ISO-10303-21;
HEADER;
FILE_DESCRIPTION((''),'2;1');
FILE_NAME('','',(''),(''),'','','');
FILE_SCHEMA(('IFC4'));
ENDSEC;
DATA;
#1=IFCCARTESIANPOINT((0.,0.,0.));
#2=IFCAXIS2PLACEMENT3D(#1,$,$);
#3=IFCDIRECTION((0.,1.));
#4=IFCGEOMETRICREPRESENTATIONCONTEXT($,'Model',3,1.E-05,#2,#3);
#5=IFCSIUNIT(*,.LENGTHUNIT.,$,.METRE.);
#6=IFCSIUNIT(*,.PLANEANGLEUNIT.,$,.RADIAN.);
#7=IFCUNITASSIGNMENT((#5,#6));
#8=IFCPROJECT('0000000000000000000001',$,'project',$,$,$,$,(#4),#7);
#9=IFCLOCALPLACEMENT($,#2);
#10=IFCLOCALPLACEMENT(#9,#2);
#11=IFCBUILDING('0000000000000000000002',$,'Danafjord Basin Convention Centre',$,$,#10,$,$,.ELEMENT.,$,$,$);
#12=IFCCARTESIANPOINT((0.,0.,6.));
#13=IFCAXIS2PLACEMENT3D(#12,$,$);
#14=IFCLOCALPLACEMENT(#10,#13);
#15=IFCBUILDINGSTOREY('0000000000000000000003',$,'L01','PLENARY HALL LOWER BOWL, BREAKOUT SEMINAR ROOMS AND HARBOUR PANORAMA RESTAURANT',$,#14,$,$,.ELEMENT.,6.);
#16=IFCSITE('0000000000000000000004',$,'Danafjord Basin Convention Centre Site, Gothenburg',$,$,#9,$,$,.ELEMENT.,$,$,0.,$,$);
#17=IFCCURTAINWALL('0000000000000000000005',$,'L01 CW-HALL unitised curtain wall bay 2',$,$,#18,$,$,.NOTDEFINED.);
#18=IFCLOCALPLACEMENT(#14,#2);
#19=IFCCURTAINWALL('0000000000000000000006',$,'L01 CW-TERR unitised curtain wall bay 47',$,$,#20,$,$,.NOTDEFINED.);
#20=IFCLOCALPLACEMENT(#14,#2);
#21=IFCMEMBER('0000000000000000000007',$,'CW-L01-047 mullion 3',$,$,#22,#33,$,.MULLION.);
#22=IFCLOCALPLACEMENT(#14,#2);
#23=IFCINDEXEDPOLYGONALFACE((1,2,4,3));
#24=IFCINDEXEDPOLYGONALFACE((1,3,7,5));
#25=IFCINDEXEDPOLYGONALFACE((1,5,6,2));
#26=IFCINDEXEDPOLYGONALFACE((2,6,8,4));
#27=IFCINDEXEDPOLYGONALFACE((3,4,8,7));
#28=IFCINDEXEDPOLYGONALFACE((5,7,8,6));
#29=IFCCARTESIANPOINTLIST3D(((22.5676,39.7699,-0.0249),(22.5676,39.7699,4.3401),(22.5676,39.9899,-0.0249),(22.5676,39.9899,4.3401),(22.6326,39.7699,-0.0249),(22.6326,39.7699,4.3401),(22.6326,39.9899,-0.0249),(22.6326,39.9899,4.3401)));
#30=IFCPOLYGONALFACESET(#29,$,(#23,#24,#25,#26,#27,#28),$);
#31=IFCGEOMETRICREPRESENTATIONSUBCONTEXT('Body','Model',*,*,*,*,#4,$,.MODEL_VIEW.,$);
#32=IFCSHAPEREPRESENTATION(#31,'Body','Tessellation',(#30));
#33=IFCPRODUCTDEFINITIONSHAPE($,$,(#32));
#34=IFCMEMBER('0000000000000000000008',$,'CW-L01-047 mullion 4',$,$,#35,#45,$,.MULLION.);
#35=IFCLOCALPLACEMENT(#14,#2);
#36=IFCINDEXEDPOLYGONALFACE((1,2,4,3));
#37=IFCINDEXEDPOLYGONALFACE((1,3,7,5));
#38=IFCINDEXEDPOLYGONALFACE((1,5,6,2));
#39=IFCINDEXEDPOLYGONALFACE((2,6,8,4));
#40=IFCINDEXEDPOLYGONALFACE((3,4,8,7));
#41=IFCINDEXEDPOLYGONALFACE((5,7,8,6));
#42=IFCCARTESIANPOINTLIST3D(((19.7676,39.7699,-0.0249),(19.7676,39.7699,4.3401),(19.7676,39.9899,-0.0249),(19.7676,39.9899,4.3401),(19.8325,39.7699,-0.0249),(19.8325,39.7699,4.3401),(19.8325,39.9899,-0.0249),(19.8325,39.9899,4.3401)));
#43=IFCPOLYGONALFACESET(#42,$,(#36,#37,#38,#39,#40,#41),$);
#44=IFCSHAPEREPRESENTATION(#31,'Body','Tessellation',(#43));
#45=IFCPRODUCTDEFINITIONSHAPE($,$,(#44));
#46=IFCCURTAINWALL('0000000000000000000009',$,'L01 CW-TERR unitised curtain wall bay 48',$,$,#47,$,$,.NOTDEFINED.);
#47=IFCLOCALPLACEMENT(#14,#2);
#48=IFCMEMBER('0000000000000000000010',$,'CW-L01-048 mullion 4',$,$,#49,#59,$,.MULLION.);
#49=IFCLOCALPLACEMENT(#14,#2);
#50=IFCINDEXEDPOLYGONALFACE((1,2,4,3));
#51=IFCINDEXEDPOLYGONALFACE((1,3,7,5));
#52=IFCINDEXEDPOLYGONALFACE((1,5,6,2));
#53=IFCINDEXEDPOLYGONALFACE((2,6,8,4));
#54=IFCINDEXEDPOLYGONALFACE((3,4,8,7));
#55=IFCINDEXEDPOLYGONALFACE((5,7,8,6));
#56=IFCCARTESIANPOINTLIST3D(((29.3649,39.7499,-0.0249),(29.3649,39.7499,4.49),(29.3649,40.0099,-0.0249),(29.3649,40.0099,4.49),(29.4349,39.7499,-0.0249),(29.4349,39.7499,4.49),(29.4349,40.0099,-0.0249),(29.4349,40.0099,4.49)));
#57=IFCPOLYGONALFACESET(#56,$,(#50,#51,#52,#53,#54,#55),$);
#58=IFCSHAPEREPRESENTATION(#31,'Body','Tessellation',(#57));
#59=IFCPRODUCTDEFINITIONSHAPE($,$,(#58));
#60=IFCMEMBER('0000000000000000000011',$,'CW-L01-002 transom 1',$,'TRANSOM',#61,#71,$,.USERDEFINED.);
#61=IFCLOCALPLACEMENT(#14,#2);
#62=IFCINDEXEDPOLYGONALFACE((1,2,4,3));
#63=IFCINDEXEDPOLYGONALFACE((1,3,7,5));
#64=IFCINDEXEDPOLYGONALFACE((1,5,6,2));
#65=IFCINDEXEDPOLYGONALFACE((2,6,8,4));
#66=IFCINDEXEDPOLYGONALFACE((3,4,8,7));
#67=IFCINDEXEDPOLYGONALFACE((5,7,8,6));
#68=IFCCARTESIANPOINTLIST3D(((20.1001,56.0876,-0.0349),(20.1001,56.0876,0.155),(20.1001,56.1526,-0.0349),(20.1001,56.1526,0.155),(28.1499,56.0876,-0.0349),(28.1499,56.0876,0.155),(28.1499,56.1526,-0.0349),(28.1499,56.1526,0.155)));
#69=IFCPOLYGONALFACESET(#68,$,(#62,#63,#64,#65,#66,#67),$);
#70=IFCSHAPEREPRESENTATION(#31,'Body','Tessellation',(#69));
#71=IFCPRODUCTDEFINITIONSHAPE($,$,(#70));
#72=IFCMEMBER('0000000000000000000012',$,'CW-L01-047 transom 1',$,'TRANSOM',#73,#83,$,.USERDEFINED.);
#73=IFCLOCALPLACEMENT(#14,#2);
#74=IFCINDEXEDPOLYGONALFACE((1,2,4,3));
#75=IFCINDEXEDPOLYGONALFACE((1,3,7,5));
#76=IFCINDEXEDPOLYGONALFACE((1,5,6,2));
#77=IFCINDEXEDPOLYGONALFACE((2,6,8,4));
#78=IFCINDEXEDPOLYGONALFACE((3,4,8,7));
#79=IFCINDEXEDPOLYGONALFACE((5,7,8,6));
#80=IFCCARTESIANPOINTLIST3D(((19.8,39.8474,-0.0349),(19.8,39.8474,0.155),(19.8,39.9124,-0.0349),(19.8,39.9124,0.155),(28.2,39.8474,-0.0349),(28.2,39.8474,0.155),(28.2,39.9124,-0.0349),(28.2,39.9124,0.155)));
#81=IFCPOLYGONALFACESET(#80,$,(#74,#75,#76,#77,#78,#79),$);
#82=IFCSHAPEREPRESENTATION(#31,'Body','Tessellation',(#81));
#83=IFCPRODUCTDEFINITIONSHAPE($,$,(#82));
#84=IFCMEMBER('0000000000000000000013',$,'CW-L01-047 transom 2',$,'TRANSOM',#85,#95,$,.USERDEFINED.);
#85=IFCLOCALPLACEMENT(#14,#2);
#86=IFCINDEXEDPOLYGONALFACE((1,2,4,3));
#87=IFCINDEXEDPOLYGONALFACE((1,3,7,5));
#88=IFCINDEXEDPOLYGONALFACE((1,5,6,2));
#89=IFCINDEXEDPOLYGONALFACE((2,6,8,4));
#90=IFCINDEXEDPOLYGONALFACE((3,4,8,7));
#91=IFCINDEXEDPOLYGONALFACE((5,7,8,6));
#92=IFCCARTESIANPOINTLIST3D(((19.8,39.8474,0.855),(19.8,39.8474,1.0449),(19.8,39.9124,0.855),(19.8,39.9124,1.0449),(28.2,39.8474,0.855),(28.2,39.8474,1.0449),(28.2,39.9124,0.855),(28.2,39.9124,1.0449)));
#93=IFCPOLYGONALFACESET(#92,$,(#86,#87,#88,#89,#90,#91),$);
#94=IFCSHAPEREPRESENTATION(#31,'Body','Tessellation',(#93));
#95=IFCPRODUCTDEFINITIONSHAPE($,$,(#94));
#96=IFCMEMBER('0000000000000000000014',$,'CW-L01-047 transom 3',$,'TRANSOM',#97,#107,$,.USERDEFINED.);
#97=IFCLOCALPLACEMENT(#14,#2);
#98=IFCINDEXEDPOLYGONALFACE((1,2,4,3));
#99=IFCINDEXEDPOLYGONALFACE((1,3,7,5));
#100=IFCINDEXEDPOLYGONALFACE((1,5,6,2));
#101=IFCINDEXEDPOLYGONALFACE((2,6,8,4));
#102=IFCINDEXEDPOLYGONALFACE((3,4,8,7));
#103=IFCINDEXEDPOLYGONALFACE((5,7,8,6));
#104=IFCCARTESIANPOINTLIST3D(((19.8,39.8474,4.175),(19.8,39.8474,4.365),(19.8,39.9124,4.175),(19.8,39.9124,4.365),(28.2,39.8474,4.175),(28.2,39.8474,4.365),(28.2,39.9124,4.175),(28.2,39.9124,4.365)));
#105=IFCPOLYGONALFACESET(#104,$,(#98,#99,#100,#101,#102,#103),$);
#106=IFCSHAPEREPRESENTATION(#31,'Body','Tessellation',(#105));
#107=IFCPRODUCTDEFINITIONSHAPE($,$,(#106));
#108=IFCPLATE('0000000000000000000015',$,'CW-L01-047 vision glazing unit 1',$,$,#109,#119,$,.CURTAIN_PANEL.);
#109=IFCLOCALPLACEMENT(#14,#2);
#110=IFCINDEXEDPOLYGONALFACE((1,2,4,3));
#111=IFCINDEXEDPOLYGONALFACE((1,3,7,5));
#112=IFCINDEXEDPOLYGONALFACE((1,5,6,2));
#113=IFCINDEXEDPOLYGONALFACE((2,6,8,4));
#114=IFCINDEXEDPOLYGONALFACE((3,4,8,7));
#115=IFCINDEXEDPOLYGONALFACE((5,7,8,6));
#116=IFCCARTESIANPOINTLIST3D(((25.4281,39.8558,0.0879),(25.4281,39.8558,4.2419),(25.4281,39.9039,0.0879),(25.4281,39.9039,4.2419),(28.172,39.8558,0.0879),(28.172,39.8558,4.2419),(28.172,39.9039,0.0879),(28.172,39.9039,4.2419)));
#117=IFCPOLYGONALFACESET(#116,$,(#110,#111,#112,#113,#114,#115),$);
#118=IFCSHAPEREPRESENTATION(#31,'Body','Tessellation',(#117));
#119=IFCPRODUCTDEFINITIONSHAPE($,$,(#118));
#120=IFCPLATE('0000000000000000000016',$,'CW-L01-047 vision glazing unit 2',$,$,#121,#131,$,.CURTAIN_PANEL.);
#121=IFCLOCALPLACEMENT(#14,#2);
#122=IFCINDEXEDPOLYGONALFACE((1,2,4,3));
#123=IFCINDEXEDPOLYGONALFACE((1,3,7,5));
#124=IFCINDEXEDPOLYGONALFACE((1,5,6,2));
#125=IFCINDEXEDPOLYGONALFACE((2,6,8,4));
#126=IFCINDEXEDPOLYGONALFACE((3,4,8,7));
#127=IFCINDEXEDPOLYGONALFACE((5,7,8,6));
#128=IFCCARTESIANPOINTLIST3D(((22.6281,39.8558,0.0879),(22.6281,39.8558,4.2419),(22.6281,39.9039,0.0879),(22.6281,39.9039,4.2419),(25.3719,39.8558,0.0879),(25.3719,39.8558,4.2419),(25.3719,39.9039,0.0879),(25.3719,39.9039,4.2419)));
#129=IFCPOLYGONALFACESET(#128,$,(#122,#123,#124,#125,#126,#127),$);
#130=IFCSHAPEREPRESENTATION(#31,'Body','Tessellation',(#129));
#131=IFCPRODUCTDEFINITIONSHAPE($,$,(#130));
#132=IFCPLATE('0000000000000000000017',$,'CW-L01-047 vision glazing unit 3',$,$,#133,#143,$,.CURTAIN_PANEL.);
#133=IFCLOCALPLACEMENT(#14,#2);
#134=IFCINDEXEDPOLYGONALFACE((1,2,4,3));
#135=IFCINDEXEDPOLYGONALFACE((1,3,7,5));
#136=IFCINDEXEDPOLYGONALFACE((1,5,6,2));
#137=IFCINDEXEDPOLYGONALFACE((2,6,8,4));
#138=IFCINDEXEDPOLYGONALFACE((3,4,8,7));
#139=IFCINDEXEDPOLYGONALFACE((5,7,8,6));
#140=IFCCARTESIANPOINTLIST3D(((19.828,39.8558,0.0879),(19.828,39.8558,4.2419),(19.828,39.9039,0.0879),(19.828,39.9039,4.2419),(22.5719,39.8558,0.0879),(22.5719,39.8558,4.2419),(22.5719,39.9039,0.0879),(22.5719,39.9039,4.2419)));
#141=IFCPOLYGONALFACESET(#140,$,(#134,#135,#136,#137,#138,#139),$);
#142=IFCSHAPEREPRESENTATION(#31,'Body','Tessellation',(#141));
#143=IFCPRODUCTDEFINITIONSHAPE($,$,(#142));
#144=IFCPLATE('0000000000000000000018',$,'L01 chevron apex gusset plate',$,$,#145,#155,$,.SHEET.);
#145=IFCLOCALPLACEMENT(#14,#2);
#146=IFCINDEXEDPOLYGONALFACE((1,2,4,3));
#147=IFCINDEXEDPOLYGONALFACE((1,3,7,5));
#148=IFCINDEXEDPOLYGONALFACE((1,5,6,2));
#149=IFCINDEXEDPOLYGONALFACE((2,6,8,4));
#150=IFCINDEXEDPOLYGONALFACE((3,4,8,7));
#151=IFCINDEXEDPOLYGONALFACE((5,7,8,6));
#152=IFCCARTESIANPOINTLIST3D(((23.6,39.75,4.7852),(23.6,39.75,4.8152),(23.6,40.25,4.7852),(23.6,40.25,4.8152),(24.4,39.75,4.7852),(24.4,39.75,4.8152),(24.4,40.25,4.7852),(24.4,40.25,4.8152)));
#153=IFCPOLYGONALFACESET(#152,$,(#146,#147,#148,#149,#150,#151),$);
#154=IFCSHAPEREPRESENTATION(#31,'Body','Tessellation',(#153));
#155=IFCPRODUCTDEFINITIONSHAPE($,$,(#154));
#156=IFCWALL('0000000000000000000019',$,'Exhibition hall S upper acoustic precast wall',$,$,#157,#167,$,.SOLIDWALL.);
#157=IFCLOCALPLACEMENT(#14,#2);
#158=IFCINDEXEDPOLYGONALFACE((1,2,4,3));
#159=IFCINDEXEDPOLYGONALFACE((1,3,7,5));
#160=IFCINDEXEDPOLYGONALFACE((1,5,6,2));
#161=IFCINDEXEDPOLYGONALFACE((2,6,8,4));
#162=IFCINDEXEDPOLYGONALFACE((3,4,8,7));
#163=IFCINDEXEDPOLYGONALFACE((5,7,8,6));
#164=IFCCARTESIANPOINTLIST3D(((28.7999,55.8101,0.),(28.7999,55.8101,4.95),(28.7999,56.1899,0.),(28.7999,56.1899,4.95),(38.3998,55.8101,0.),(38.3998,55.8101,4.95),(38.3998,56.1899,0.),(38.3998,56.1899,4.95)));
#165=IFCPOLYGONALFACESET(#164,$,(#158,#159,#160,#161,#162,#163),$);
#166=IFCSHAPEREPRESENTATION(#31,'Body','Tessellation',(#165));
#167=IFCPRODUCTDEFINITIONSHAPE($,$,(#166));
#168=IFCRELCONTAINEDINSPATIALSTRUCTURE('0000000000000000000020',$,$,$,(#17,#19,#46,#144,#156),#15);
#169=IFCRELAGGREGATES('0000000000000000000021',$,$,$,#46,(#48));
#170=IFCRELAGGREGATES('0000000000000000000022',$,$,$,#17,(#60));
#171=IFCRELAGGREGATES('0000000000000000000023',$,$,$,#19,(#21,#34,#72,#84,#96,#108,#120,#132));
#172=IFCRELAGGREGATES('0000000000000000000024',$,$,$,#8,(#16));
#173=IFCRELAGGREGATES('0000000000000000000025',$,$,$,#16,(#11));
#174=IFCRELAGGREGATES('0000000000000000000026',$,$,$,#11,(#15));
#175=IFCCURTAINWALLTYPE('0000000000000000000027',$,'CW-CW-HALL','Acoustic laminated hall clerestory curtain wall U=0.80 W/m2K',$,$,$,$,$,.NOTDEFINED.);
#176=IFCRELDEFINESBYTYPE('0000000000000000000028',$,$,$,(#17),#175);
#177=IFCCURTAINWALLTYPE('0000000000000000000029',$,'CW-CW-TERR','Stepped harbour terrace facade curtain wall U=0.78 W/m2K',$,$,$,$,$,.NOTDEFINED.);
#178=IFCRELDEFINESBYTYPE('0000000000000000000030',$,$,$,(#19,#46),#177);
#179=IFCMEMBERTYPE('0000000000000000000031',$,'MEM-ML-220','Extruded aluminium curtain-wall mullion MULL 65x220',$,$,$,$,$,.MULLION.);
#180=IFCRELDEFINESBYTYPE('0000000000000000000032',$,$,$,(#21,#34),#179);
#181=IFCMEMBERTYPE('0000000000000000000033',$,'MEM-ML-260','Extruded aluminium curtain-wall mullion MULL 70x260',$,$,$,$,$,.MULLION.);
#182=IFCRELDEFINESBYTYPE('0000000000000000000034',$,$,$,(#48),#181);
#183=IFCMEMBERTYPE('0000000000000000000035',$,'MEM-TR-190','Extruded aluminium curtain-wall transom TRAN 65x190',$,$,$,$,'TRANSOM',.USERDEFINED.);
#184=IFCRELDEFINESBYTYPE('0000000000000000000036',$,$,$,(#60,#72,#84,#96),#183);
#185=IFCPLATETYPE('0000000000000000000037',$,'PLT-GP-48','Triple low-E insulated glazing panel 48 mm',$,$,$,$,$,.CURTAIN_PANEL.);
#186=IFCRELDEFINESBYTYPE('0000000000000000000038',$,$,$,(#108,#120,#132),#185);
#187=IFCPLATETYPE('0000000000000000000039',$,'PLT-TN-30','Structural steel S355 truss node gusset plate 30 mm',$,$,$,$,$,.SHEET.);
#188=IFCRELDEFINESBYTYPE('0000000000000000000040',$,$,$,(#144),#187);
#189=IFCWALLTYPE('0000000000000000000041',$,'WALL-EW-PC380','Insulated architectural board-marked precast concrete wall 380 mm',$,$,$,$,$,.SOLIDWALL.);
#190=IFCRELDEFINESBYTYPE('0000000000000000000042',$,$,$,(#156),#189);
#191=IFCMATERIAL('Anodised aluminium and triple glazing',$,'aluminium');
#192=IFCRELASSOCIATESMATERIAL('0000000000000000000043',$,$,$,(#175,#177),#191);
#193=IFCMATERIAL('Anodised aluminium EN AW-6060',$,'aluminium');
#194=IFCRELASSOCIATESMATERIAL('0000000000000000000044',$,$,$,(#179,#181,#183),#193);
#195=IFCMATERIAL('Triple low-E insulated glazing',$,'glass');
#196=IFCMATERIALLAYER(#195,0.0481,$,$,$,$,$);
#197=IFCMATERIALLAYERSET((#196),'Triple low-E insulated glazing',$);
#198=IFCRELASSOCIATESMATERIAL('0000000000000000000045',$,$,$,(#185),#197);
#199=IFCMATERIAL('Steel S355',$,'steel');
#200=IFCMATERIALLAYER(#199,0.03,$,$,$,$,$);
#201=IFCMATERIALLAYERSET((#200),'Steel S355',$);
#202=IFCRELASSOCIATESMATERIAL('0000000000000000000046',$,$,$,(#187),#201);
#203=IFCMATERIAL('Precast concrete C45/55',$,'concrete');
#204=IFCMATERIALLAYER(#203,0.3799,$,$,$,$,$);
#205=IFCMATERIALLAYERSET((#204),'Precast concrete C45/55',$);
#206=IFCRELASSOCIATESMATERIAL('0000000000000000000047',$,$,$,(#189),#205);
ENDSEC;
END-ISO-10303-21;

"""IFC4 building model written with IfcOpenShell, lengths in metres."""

from ifc_helpers import new_model, si_unit, direction, frame, frame_2d, origin, origin_2d, place, context, subcontext, project, spatial, rectangle, extrude, material, layer, layer_set, material_profile, profile_set, type_object, element, aggregate, save


model = new_model("IFC4")

# Units and contexts
model_context = context("Model", 3, precision=1e-05, world=origin(), true_north=direction((0.0, 1.0)))
body_context = subcontext(model_context, "Body", "Model", "MODEL_VIEW")
ifc_project = project(units=[si_unit("LENGTHUNIT", "METRE"), si_unit("PLANEANGLEUNIT", "RADIAN")], contexts=[model_context])

# Site, building, storey
site_placement = place(None, origin())
site = spatial("IfcSite", under=ifc_project, at=site_placement, Name="Danafjord Basin Convention Centre Site, Gothenburg", CompositionType="ELEMENT", RefElevation=0.0)
building_placement = place(site_placement, origin())
building = spatial("IfcBuilding", under=site, at=building_placement, Name="Danafjord Basin Convention Centre", CompositionType="ELEMENT")
storey_placement = place(building_placement, frame((0.0, 0.0, 6.0)))
storey = spatial("IfcBuildingStorey", under=building, at=storey_placement, Name="L01", Description="PLENARY HALL LOWER BOWL, BREAKOUT SEMINAR ROOMS AND HARBOUR PANORAMA RESTAURANT", CompositionType="ELEMENT", Elevation=6.0)

# Shared definitions
ifc_material_1 = material(Name="Steel S355", Category="steel")

# Shared definitions
ifc_material_2 = material(Name="Precast concrete C45/55", Category="concrete")

# Curtain wall
ifc_material_3 = material(Name="Anodised aluminium and triple glazing", Category="aluminium")
curtain_wall_type_1 = type_object("IfcCurtainWallType", Name="CW-CW-HALL", Description="Acoustic laminated hall clerestory curtain wall U=0.80 W/m2K", PredefinedType="NOTDEFINED", material=ifc_material_3)
curtain_wall_1_placement = place(storey_placement, origin())
curtain_wall_1 = element("IfcCurtainWall", 1, at=curtain_wall_1_placement, inside=storey, type_object=curtain_wall_type_1, Name="L01 CW-HALL unitised curtain wall bay 2", PredefinedType="NOTDEFINED")
ifc_material_4 = material(Name="Anodised aluminium EN AW-6060", Category="aluminium")
ifc_material_profile_1 = material_profile(ifc_material_4, rectangle(XDim=0.0649, YDim=0.22, at=origin_2d()), Name="MULL 65x220")
ifc_profile_set_1 = profile_set([ifc_material_profile_1], Name="Anodised aluminium EN AW-6060")
member_type_1 = type_object("IfcMemberType", Name="MEM-ML-220", Description="Extruded aluminium curtain-wall mullion MULL 65x220", PredefinedType="MULLION", material=ifc_profile_set_1)

# Curtain wall, members
curtain_wall_type_2 = type_object("IfcCurtainWallType", Name="CW-CW-TERR", Description="Stepped harbour terrace facade curtain wall U=0.78 W/m2K", PredefinedType="NOTDEFINED", material=ifc_material_3)
curtain_wall_2_placement = place(storey_placement, origin())
curtain_wall_2 = element("IfcCurtainWall", 2, at=curtain_wall_2_placement, inside=storey, type_object=curtain_wall_type_2, Name="L01 CW-TERR unitised curtain wall bay 47", PredefinedType="NOTDEFINED")
member_1_placement = place(storey_placement, frame((22.6001, 39.8799, -0.0249), z_axis=(0.0, 0.0, 1.0), x_axis=(-1.0, 0.0, 0.0)))
member_1 = element("IfcMember", 3, at=member_1_placement, type_object=member_type_1, Name="CW-L01-047 mullion 3", PredefinedType="MULLION", context=body_context, shape_type="SweptSolid", body=[
    extrude(rectangle(XDim=0.0649, YDim=0.22, at=origin_2d()), origin(), (0.0, 0.0, 1.0), 4.365),
])
member_2_placement = place(storey_placement, frame((19.8, 39.8799, -0.0249), z_axis=(0.0, 0.0, 1.0), x_axis=(-1.0, 0.0, 0.0)))
member_2 = element("IfcMember", 4, at=member_2_placement, type_object=member_type_1, Name="CW-L01-047 mullion 4", PredefinedType="MULLION", context=body_context, shape_type="SweptSolid", body=[
    extrude(rectangle(XDim=0.0649, YDim=0.22, at=origin_2d()), origin(), (0.0, 0.0, 1.0), 4.365),
])

# Curtain wall, member
curtain_wall_3_placement = place(storey_placement, origin())
curtain_wall_3 = element("IfcCurtainWall", 5, at=curtain_wall_3_placement, inside=storey, type_object=curtain_wall_type_2, Name="L01 CW-TERR unitised curtain wall bay 48", PredefinedType="NOTDEFINED")
ifc_material_profile_2 = material_profile(ifc_material_4, rectangle(XDim=0.0701, YDim=0.26, at=origin_2d()), Name="MULL 70x260")
ifc_profile_set_2 = profile_set([ifc_material_profile_2], Name="Anodised aluminium EN AW-6060")
member_type_2 = type_object("IfcMemberType", Name="MEM-ML-260", Description="Extruded aluminium curtain-wall mullion MULL 70x260", PredefinedType="MULLION", material=ifc_profile_set_2)
member_3_placement = place(storey_placement, frame((29.3999, 39.8799, -0.0249), z_axis=(0.0, 0.0, 1.0), x_axis=(-1.0, 0.0, 0.0)))
member_3 = element("IfcMember", 6, at=member_3_placement, type_object=member_type_2, Name="CW-L01-048 mullion 4", PredefinedType="MULLION", context=body_context, shape_type="SweptSolid", body=[
    extrude(rectangle(XDim=0.0701, YDim=0.26, at=origin_2d()), origin(), (0.0, 0.0, 1.0), 4.5149),
])
aggregate(curtain_wall_3, [member_3])

# Members
ifc_material_profile_3 = material_profile(ifc_material_4, rectangle(XDim=0.0649, YDim=0.1899, at=origin_2d()), Name="TRAN 65x190")
ifc_profile_set_3 = profile_set([ifc_material_profile_3], Name="Anodised aluminium EN AW-6060")
member_type_3 = type_object("IfcMemberType", Name="MEM-TR-190", Description="Extruded aluminium curtain-wall transom TRAN 65x190", ElementType="TRANSOM", PredefinedType="USERDEFINED", material=ifc_profile_set_3)
member_4_placement = place(storey_placement, frame((20.1001, 56.1201, 0.0601), z_axis=(1.0, 0.0, 0.0), x_axis=(0.0, 1.0, 0.0)))
member_4 = element("IfcMember", 7, at=member_4_placement, type_object=member_type_3, Name="CW-L01-002 transom 1", ObjectType="TRANSOM", PredefinedType="USERDEFINED", context=body_context, shape_type="SweptSolid", body=[
    extrude(rectangle(XDim=0.0649, YDim=0.1899, at=origin_2d()), origin(), (0.0, 0.0, 1.0), 8.0498),
])
aggregate(curtain_wall_1, [member_4])
member_5_placement = place(storey_placement, frame((28.2, 39.8799, 0.0601), z_axis=(-1.0, 0.0, 0.0), x_axis=(0.0, -1.0, 0.0)))
member_5 = element("IfcMember", 8, at=member_5_placement, type_object=member_type_3, Name="CW-L01-047 transom 1", ObjectType="TRANSOM", PredefinedType="USERDEFINED", context=body_context, shape_type="SweptSolid", body=[
    extrude(rectangle(XDim=0.0649, YDim=0.1899, at=origin_2d()), origin(), (0.0, 0.0, 1.0), 8.3999),
])
member_6_placement = place(storey_placement, frame((28.2, 39.8799, 0.95), z_axis=(-1.0, 0.0, 0.0), x_axis=(0.0, -1.0, 0.0)))
member_6 = element("IfcMember", 9, at=member_6_placement, type_object=member_type_3, Name="CW-L01-047 transom 2", ObjectType="TRANSOM", PredefinedType="USERDEFINED", context=body_context, shape_type="SweptSolid", body=[
    extrude(rectangle(XDim=0.0649, YDim=0.1899, at=origin_2d()), origin(), (0.0, 0.0, 1.0), 8.3999),
])
member_7_placement = place(storey_placement, frame((28.2, 39.8799, 4.27), z_axis=(-1.0, 0.0, 0.0), x_axis=(0.0, -1.0, 0.0)))
member_7 = element("IfcMember", 10, at=member_7_placement, type_object=member_type_3, Name="CW-L01-047 transom 3", ObjectType="TRANSOM", PredefinedType="USERDEFINED", context=body_context, shape_type="SweptSolid", body=[
    extrude(rectangle(XDim=0.0649, YDim=0.1899, at=origin_2d()), origin(), (0.0, 0.0, 1.0), 8.3999),
])

# Plates
ifc_material_5 = material(Name="Triple low-E insulated glazing", Category="glass")
ifc_layer_1 = layer(ifc_material_5, 0.0481)
ifc_layer_set_1 = layer_set([ifc_layer_1], Name="Triple low-E insulated glazing")
plate_type_1 = type_object("IfcPlateType", Name="PLT-GP-48", Description="Triple low-E insulated glazing panel 48 mm", PredefinedType="CURTAIN_PANEL", material=ifc_layer_set_1)
plate_1_placement = place(storey_placement, frame((26.8, 39.8799, 0.0879), z_axis=(0.0, 0.0, 1.0), x_axis=(-1.0, 0.0, 0.0)))
plate_1 = element("IfcPlate", 11, at=plate_1_placement, type_object=plate_type_1, Name="CW-L01-047 vision glazing unit 1", PredefinedType="CURTAIN_PANEL", context=body_context, shape_type="SweptSolid", body=[
    extrude(rectangle(XDim=2.7439, YDim=0.0481, at=origin_2d()), origin(), (0.0, 0.0, 1.0), 4.1541),
])
plate_2_placement = place(storey_placement, frame((24.0, 39.8799, 0.0879), z_axis=(0.0, 0.0, 1.0), x_axis=(-1.0, 0.0, 0.0)))
plate_2 = element("IfcPlate", 12, at=plate_2_placement, type_object=plate_type_1, Name="CW-L01-047 vision glazing unit 2", PredefinedType="CURTAIN_PANEL", context=body_context, shape_type="SweptSolid", body=[
    extrude(rectangle(XDim=2.7439, YDim=0.0481, at=origin_2d()), origin(), (0.0, 0.0, 1.0), 4.1541),
])
plate_3_placement = place(storey_placement, frame((21.2, 39.8799, 0.0879), z_axis=(0.0, 0.0, 1.0), x_axis=(-1.0, 0.0, 0.0)))
plate_3 = element("IfcPlate", 13, at=plate_3_placement, type_object=plate_type_1, Name="CW-L01-047 vision glazing unit 3", PredefinedType="CURTAIN_PANEL", context=body_context, shape_type="SweptSolid", body=[
    extrude(rectangle(XDim=2.7439, YDim=0.0481, at=origin_2d()), origin(), (0.0, 0.0, 1.0), 4.1541),
])
aggregate(curtain_wall_2, [member_1, member_2, member_5, member_6, member_7, plate_1, plate_2, plate_3])
ifc_layer_2 = layer(ifc_material_1, 0.03)
ifc_layer_set_2 = layer_set([ifc_layer_2], Name="Steel S355")
plate_type_2 = type_object("IfcPlateType", Name="PLT-TN-30", Description="Structural steel S355 truss node gusset plate 30 mm", PredefinedType="SHEET", material=ifc_layer_set_2)
plate_4_placement = place(storey_placement, frame((24.0, 40.0, 4.7852), z_axis=(0.0, 0.0, 1.0), x_axis=(1.0, 0.0, 0.0)))
element("IfcPlate", 14, at=plate_4_placement, inside=storey, type_object=plate_type_2, Name="L01 chevron apex gusset plate", PredefinedType="SHEET", context=body_context, shape_type="SweptSolid", body=[
    extrude(rectangle(XDim=0.8, YDim=0.5, at=origin_2d()), origin(), (0.0, 0.0, 1.0), 0.03),
])

# Wall
ifc_layer_3 = layer(ifc_material_2, 0.3799)
ifc_layer_set_3 = layer_set([ifc_layer_3], Name="Precast concrete C45/55")
wall_type = type_object("IfcWallType", Name="WALL-EW-PC380", Description="Insulated architectural board-marked precast concrete wall 380 mm", PredefinedType="SOLIDWALL", material=ifc_layer_set_3)
wall_placement = place(storey_placement, frame((28.8, 56.0, 0.0), z_axis=(0.0, 0.0, 1.0), x_axis=(1.0, 0.0, 0.0)))
element("IfcWall", 15, at=wall_placement, inside=storey, type_object=wall_type, Name="Exhibition hall S upper acoustic precast wall", PredefinedType="SOLIDWALL", context=body_context, shape_type="SweptSolid", body=[
    extrude(rectangle(XDim=9.5999, YDim=0.3799, at=frame_2d((4.7998, 0.0))), origin(), (0.0, 0.0, 1.0), 4.95),
])

save(model, "model.ifc")
